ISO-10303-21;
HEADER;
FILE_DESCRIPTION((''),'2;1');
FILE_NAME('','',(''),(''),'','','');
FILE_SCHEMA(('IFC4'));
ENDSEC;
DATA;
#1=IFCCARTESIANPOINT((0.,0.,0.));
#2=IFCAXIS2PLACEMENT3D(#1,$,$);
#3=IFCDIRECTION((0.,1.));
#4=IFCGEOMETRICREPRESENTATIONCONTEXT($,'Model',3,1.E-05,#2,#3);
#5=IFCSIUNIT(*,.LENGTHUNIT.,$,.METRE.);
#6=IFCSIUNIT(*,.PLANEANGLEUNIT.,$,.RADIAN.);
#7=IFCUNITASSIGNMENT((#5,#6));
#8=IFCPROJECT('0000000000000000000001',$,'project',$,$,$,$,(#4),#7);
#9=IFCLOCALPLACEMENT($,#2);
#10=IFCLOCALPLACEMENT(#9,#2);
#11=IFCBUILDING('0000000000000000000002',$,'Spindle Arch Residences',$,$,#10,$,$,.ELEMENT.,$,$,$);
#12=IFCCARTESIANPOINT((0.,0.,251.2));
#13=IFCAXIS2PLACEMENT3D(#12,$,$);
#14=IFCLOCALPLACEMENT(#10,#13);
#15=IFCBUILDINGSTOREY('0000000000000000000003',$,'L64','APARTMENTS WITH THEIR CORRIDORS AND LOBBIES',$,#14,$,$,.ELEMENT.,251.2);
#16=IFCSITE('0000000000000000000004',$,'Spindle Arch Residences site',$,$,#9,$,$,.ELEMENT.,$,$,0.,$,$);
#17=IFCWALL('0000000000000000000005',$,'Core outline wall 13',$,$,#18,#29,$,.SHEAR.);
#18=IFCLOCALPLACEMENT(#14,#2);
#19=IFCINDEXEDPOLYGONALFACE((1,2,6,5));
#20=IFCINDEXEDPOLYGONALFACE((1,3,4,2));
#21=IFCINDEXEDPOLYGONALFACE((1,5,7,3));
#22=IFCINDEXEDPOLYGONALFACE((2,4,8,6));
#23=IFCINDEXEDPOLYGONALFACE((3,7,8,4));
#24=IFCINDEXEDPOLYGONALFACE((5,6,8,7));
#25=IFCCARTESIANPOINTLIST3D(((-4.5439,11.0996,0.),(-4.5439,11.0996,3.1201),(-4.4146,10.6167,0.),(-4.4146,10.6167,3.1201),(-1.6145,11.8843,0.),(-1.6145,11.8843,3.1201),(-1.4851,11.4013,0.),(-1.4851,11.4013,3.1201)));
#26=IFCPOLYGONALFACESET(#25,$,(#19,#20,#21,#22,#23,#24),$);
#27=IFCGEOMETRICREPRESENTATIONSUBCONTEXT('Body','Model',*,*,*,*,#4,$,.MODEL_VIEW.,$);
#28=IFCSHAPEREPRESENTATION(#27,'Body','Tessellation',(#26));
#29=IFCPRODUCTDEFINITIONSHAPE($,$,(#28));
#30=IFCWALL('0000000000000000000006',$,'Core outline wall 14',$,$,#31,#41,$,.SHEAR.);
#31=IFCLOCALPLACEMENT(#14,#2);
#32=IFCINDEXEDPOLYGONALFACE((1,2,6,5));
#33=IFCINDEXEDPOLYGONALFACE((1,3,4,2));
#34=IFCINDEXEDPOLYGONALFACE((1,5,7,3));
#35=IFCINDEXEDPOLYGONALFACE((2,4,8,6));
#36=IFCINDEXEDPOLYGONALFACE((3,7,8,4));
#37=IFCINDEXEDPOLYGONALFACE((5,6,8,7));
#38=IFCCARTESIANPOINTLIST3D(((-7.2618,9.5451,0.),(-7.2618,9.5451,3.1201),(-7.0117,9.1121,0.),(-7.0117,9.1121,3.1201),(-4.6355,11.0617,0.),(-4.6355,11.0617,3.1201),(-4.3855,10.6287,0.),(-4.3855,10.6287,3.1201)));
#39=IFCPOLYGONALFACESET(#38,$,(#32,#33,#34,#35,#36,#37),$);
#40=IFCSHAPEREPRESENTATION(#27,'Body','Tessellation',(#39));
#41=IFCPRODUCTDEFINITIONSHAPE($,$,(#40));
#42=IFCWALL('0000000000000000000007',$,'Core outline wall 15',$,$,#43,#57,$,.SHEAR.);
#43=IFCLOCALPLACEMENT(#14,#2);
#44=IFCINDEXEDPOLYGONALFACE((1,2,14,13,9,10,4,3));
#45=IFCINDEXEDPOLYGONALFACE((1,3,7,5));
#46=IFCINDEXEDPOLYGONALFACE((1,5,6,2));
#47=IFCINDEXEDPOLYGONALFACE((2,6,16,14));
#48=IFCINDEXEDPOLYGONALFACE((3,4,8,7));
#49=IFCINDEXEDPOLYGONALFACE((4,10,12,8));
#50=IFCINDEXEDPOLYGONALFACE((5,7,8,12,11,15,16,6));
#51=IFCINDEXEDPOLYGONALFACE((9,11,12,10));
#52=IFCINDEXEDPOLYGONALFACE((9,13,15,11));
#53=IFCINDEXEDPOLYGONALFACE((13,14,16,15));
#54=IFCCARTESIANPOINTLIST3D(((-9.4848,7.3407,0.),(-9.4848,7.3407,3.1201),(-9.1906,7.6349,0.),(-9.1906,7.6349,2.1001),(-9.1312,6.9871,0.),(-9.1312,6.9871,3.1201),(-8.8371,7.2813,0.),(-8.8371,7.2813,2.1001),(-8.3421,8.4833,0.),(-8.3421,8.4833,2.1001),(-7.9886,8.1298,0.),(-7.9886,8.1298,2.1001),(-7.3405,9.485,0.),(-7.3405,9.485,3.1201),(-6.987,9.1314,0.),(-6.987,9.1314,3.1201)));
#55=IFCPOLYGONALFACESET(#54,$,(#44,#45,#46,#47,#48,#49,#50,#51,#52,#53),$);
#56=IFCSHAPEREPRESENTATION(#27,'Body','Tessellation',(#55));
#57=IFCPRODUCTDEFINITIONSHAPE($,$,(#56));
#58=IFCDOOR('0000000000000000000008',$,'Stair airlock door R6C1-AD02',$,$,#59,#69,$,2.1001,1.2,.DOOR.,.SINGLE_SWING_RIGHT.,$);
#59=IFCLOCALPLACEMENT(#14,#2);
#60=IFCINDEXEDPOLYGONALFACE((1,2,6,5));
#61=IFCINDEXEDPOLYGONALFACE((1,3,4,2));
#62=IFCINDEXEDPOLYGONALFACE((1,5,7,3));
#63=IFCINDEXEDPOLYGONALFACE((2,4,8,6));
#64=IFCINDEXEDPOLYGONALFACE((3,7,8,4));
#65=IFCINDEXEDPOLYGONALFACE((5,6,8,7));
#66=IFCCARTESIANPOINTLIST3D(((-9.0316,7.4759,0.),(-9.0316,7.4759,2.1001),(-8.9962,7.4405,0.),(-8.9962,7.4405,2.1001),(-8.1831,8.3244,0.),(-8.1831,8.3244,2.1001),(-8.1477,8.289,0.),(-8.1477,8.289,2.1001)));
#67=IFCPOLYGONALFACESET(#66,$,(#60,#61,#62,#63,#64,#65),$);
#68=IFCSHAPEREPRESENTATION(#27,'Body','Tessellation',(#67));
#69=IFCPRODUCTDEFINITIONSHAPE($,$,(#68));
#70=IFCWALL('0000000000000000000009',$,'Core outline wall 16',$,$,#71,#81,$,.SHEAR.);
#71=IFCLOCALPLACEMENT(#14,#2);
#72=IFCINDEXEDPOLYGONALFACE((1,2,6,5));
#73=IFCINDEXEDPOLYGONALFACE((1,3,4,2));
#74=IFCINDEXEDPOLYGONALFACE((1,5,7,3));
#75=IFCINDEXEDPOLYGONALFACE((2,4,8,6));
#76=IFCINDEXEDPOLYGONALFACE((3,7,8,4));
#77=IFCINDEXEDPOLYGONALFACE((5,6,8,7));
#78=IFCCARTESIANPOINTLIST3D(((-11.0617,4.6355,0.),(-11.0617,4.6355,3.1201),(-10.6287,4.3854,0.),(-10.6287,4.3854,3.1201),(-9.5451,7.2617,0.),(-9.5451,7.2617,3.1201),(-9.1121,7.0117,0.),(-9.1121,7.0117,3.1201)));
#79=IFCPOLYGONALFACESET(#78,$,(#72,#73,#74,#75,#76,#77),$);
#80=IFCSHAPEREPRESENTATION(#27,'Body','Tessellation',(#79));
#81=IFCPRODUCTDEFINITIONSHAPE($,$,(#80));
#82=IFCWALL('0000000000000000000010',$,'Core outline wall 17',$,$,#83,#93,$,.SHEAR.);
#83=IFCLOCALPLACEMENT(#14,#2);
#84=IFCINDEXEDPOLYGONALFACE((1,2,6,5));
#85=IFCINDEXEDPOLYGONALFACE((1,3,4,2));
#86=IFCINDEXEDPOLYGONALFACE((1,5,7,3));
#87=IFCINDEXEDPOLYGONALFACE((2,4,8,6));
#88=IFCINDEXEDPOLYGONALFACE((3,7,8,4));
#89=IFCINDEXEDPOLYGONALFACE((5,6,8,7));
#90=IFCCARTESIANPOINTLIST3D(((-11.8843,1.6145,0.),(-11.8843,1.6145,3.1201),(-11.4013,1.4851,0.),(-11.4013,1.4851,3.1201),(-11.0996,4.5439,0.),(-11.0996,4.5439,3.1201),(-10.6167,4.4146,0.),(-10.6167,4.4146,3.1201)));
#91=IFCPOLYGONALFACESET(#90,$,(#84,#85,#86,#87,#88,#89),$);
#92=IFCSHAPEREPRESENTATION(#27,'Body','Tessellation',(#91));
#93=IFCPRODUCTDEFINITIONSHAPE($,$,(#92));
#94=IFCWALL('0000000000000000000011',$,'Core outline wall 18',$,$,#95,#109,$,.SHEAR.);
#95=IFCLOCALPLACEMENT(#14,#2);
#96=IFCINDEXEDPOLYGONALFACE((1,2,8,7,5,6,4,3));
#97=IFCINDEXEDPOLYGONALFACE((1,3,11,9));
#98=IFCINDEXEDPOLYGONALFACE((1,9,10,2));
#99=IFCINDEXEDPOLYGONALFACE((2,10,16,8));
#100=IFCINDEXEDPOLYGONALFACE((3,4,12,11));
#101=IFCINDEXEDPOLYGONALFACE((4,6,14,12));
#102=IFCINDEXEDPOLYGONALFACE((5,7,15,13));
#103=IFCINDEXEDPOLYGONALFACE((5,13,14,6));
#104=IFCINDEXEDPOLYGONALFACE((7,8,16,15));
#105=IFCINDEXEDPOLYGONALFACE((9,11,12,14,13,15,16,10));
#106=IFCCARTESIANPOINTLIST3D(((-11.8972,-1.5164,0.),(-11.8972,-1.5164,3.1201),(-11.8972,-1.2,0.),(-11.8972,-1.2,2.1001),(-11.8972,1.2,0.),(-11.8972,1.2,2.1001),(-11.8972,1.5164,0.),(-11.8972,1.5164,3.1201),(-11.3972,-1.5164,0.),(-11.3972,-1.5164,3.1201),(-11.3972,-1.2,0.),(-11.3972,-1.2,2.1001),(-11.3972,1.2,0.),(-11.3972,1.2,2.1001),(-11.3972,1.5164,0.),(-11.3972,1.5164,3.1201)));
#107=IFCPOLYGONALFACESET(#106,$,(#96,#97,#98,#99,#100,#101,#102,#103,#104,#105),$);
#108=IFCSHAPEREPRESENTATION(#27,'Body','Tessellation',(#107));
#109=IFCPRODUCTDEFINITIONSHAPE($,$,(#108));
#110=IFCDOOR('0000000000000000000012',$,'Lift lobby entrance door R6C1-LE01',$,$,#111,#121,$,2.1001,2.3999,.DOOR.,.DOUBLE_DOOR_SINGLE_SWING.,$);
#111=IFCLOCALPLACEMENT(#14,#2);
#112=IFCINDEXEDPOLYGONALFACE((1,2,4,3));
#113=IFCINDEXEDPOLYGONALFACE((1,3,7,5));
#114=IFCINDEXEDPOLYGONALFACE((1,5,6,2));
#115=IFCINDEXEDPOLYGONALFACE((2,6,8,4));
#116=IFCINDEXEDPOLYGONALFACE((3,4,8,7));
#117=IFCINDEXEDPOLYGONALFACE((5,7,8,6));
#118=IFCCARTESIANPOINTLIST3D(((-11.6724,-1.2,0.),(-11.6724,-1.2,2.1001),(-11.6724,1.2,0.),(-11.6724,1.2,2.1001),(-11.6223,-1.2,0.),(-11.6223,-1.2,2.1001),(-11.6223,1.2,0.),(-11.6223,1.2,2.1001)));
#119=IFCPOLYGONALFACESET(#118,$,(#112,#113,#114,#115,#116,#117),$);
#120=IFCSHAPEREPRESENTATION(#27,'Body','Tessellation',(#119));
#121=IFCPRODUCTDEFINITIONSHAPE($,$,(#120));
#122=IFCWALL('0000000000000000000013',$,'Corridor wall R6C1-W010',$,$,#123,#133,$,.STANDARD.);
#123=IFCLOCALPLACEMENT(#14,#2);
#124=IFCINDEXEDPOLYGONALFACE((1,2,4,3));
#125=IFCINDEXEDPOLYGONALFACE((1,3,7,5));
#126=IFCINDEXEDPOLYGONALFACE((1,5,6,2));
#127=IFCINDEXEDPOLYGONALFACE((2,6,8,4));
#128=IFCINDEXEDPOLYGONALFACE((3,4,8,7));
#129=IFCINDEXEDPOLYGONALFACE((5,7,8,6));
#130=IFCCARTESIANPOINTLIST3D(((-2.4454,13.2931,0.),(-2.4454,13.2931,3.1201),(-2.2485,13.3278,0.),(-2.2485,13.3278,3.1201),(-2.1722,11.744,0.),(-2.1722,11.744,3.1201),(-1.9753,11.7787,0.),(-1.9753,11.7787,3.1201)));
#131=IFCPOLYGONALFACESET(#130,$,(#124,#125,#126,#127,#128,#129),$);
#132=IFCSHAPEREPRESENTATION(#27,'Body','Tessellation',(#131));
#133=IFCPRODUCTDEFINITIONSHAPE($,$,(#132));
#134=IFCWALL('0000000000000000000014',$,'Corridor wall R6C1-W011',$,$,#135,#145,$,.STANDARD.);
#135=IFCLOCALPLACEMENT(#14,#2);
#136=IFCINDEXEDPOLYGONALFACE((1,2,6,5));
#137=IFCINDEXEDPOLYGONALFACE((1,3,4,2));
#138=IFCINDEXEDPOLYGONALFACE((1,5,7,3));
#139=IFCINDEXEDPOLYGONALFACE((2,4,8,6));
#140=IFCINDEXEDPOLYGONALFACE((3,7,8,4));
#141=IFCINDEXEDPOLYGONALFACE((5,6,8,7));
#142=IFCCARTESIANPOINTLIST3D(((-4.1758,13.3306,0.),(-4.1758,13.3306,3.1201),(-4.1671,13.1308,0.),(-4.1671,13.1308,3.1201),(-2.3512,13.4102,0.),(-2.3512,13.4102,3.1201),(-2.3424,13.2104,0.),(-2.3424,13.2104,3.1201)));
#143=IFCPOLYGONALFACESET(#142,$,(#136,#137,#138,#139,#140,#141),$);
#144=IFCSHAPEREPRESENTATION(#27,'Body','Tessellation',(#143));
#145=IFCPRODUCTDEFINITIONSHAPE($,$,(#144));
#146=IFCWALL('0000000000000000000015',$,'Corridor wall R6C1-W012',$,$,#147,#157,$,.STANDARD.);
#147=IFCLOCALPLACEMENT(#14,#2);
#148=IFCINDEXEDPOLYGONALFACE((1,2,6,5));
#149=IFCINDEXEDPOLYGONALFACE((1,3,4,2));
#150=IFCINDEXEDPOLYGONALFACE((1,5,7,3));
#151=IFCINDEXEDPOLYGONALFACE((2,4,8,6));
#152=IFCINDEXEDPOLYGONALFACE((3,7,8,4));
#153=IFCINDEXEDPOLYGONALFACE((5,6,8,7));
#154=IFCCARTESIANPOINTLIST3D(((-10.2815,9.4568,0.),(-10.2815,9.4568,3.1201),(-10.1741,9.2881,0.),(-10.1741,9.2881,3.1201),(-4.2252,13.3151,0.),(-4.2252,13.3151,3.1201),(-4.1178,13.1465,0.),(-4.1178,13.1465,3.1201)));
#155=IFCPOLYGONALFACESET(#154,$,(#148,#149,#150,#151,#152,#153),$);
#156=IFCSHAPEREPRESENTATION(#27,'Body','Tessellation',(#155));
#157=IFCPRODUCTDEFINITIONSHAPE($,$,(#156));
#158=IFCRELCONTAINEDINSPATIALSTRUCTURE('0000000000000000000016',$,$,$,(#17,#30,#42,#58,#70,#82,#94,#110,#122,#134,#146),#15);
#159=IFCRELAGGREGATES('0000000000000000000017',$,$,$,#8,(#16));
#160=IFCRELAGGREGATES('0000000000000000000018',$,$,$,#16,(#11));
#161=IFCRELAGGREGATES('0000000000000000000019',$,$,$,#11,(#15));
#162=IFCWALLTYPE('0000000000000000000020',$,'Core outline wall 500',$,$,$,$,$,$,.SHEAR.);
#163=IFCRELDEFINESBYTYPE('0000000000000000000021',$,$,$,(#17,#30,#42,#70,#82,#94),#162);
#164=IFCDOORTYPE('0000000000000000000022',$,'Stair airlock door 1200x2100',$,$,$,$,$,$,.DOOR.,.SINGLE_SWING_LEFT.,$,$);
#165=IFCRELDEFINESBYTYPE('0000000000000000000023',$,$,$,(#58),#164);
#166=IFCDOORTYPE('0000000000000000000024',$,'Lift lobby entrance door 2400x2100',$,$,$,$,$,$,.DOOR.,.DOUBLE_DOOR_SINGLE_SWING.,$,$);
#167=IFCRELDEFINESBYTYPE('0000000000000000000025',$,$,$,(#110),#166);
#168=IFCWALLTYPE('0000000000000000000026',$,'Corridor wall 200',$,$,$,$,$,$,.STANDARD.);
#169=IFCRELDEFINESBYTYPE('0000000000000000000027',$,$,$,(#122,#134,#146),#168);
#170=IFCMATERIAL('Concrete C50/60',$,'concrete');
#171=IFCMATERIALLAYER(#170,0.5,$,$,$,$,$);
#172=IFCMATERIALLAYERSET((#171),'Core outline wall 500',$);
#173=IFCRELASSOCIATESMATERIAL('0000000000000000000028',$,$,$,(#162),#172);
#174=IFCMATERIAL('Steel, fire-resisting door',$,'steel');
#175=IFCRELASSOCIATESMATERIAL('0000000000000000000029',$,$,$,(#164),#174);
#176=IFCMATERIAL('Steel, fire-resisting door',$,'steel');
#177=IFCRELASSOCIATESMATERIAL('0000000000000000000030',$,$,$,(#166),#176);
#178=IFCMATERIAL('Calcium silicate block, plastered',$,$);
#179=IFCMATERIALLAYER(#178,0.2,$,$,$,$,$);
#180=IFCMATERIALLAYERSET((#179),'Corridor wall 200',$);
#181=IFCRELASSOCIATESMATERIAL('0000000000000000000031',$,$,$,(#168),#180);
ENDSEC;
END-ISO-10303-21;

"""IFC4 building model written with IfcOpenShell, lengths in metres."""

from ifc_helpers import new_model, si_unit, direction, frame, frame_2d, origin, place, context, subcontext, project, spatial, rectangle, extrude, material, layer, layer_set, type_object, element, fill, save


model = new_model("IFC4")

# Units and contexts
model_context = context("Model", 3, precision=1e-05, world=origin(), true_north=direction((0.0, 1.0)))
body_context = subcontext(model_context, "Body", "Model", "MODEL_VIEW")
ifc_project = project(units=[si_unit("LENGTHUNIT", "METRE"), si_unit("PLANEANGLEUNIT", "RADIAN")], contexts=[model_context])

# Site, building, storey
site_placement = place(None, origin())
site = spatial("IfcSite", under=ifc_project, at=site_placement, Name="Spindle Arch Residences site", CompositionType="ELEMENT", RefElevation=0.0)
building_placement = place(site_placement, origin())
building = spatial("IfcBuilding", under=site, at=building_placement, Name="Spindle Arch Residences", CompositionType="ELEMENT")
storey_placement = place(building_placement, frame((0.0, 0.0, 251.2)))
storey = spatial("IfcBuildingStorey", under=building, at=storey_placement, Name="L64", Description="APARTMENTS WITH THEIR CORRIDORS AND LOBBIES", CompositionType="ELEMENT", Elevation=251.2)

# Walls
ifc_material_1 = material(Name="Concrete C50/60", Category="concrete")
ifc_layer_1 = layer(ifc_material_1, 0.5)
ifc_layer_set_1 = layer_set([ifc_layer_1], Name="Core outline wall 500")
wall_type_1 = type_object("IfcWallType", Name="Core outline wall 500", PredefinedType="SHEAR", material=ifc_layer_set_1)
for number, where, z_axis, x_axis, name in (
    (1, (-1.5498, 11.6428, 0.0), (0.0, 0.0, 1.0), (-0.965948, -0.258735, 0.0), "Core outline wall 13"),
    (2, (-4.5105, 10.8452, 0.0), (0.0, 0.0, 1.0), (-0.865975, -0.500087, 0.0), "Core outline wall 14"),
):
    element("IfcWall", number, at=place(storey_placement, frame(where, z_axis=z_axis, x_axis=x_axis)), inside=storey, type_object=wall_type_1, Name=name, PredefinedType="SHEAR", context=body_context, shape_type="SweptSolid", body=[
        extrude(rectangle(XDim=3.0327, YDim=0.5, at=frame_2d((1.5164, 0.0))), origin(), (0.0, 0.0, 1.0), 3.1201),
    ])

# Wall, opening, door
wall_1_placement = place(storey_placement, frame((-7.1638, 9.3081, 0.0), z_axis=(0.0, 0.0, 1.0), x_axis=(-0.707107, -0.707107, 0.0)))
wall_1 = element("IfcWall", 3, at=wall_1_placement, inside=storey, type_object=wall_type_1, Name="Core outline wall 15", PredefinedType="SHEAR", context=body_context, shape_type="SweptSolid", body=[
    extrude(rectangle(XDim=3.0325, YDim=0.5, at=frame_2d((1.5161, 0.0))), origin(), (0.0, 0.0, 1.0), 3.1201),
])
opening_1_placement = place(wall_1_placement, frame((1.4163, 0.0, 0.0)))
opening_1 = element("IfcOpeningElement", 4, at=opening_1_placement, cuts=wall_1, PredefinedType="OPENING", context=body_context, shape_type="SweptSolid", body=[
    extrude(rectangle(XDim=1.2, YDim=2.1001, at=frame_2d((0.6001, 1.05))), frame((0.0, 0.26, 0.0), z_axis=(0.0, -1.0, 0.0), x_axis=(1.0, 0.0, 0.0)), (0.0, 0.0, 1.0), 0.52),
])
ifc_material_2 = material(Name="Steel, fire-resisting door", Category="steel")
door_type_1 = type_object("IfcDoorType", Name="Stair airlock door 1200x2100", OperationType="SINGLE_SWING_LEFT", PredefinedType="DOOR", material=ifc_material_2)
door_1_placement = place(opening_1_placement, origin())
door_1 = element("IfcDoor", 5, at=door_1_placement, inside=storey, type_object=door_type_1, Name="Stair airlock door R6C1-AD02", OperationType="SINGLE_SWING_RIGHT", OverallHeight=2.1001, OverallWidth=1.2, PredefinedType="DOOR", context=body_context, shape_type="SweptSolid", body=[
    extrude(rectangle(XDim=1.2, YDim=2.1001, at=frame_2d((0.6001, 1.05))), frame((0.0, 0.0249, 0.0), z_axis=(0.0, -1.0, 0.0), x_axis=(1.0, 0.0, 0.0)), (0.0, 0.0, 1.0), 0.05),
])
fill(opening_1, door_1)

# Walls
for number, where, z_axis, x_axis, name in (
    (6, (-9.3286, 7.1367, 0.0), (0.0, 0.0, 1.0), (-0.500087, -0.865975, 0.0), "Core outline wall 16"),
    (7, (-10.8582, 4.4792, 0.0), (0.0, 0.0, 1.0), (-0.258735, -0.965948, 0.0), "Core outline wall 17"),
):
    element("IfcWall", number, at=place(storey_placement, frame(where, z_axis=z_axis, x_axis=x_axis)), inside=storey, type_object=wall_type_1, Name=name, PredefinedType="SHEAR", context=body_context, shape_type="SweptSolid", body=[
        extrude(rectangle(XDim=3.0327, YDim=0.5, at=frame_2d((1.5164, 0.0))), origin(), (0.0, 0.0, 1.0), 3.1201),
    ])

# Wall, opening, door
wall_2_placement = place(storey_placement, frame((-11.6472, 1.5164, 0.0), z_axis=(0.0, 0.0, 1.0), x_axis=(0.0, -1.0, 0.0)))
wall_2 = element("IfcWall", 8, at=wall_2_placement, inside=storey, type_object=wall_type_1, Name="Core outline wall 18", PredefinedType="SHEAR", context=body_context, shape_type="SweptSolid", body=[
    extrude(rectangle(XDim=3.0327, YDim=0.5, at=frame_2d((1.5164, 0.0))), origin(), (0.0, 0.0, 1.0), 3.1201),
])
opening_2_placement = place(wall_2_placement, frame((0.3164, 0.0, 0.0)))
opening_2 = element("IfcOpeningElement", 9, at=opening_2_placement, cuts=wall_2, PredefinedType="OPENING", context=body_context, shape_type="SweptSolid", body=[
    extrude(rectangle(XDim=2.3999, YDim=2.1001, at=frame_2d((1.2, 1.05))), frame((0.0, 0.26, 0.0), z_axis=(0.0, -1.0, 0.0), x_axis=(1.0, 0.0, 0.0)), (0.0, 0.0, 1.0), 0.52),
])
ifc_material_3 = material(Name="Steel, fire-resisting door", Category="steel")
door_type_2 = type_object("IfcDoorType", Name="Lift lobby entrance door 2400x2100", OperationType="DOUBLE_DOOR_SINGLE_SWING", PredefinedType="DOOR", material=ifc_material_3)
door_2_placement = place(opening_2_placement, origin())
door_2 = element("IfcDoor", 10, at=door_2_placement, inside=storey, type_object=door_type_2, Name="Lift lobby entrance door R6C1-LE01", OperationType="DOUBLE_DOOR_SINGLE_SWING", OverallHeight=2.1001, OverallWidth=2.3999, PredefinedType="DOOR", context=body_context, shape_type="SweptSolid", body=[
    extrude(rectangle(XDim=2.3999, YDim=2.1001, at=frame_2d((1.2, 1.05))), frame((0.0, 0.0249, 0.0), z_axis=(0.0, -1.0, 0.0), x_axis=(1.0, 0.0, 0.0)), (0.0, 0.0, 1.0), 0.05),
])
fill(opening_2, door_2)

# Walls
ifc_material_4 = material(Name="Calcium silicate block, plastered")
ifc_layer_2 = layer(ifc_material_4, 0.2)
ifc_layer_set_2 = layer_set([ifc_layer_2], Name="Corridor wall 200")
wall_type_2 = type_object("IfcWallType", Name="Corridor wall 200", PredefinedType="STANDARD", material=ifc_layer_set_2)
wall_3_placement = place(storey_placement, frame((-2.0737, 11.7612, 0.0), z_axis=(0.0, 0.0, 1.0), x_axis=(-0.173679, 0.984802, 0.0)))
element("IfcWall", 11, at=wall_3_placement, inside=storey, type_object=wall_type_2, Name="Corridor wall R6C1-W010", PredefinedType="STANDARD", context=body_context, shape_type="SweptSolid", body=[
    extrude(rectangle(XDim=1.573, YDim=0.2, at=frame_2d((0.7866, 0.0))), origin(), (0.0, 0.0, 1.0), 3.1201),
])
wall_4_placement = place(storey_placement, frame((-2.3469, 13.3103, 0.0), z_axis=(0.0, 0.0, 1.0), x_axis=(-0.99905, -0.043576, 0.0)))
element("IfcWall", 12, at=wall_4_placement, inside=storey, type_object=wall_type_2, Name="Corridor wall R6C1-W011", PredefinedType="STANDARD", context=body_context, shape_type="SweptSolid", body=[
    extrude(rectangle(XDim=1.8264, YDim=0.2, at=frame_2d((0.9131, 0.0))), origin(), (0.0, 0.0, 1.0), 3.1201),
])
wall_5_placement = place(storey_placement, frame((-4.1716, 13.2307, 0.0), z_axis=(0.0, 0.0, 1.0), x_axis=(-0.843388, -0.537304, 0.0)))
element("IfcWall", 13, at=wall_5_placement, inside=storey, type_object=wall_type_2, Name="Corridor wall R6C1-W012", PredefinedType="STANDARD", context=body_context, shape_type="SweptSolid", body=[
    extrude(rectangle(XDim=7.1809, YDim=0.2, at=frame_2d((3.5903, 0.0))), origin(), (0.0, 0.0, 1.0), 3.1201),
])

save(model, "model.ifc")
